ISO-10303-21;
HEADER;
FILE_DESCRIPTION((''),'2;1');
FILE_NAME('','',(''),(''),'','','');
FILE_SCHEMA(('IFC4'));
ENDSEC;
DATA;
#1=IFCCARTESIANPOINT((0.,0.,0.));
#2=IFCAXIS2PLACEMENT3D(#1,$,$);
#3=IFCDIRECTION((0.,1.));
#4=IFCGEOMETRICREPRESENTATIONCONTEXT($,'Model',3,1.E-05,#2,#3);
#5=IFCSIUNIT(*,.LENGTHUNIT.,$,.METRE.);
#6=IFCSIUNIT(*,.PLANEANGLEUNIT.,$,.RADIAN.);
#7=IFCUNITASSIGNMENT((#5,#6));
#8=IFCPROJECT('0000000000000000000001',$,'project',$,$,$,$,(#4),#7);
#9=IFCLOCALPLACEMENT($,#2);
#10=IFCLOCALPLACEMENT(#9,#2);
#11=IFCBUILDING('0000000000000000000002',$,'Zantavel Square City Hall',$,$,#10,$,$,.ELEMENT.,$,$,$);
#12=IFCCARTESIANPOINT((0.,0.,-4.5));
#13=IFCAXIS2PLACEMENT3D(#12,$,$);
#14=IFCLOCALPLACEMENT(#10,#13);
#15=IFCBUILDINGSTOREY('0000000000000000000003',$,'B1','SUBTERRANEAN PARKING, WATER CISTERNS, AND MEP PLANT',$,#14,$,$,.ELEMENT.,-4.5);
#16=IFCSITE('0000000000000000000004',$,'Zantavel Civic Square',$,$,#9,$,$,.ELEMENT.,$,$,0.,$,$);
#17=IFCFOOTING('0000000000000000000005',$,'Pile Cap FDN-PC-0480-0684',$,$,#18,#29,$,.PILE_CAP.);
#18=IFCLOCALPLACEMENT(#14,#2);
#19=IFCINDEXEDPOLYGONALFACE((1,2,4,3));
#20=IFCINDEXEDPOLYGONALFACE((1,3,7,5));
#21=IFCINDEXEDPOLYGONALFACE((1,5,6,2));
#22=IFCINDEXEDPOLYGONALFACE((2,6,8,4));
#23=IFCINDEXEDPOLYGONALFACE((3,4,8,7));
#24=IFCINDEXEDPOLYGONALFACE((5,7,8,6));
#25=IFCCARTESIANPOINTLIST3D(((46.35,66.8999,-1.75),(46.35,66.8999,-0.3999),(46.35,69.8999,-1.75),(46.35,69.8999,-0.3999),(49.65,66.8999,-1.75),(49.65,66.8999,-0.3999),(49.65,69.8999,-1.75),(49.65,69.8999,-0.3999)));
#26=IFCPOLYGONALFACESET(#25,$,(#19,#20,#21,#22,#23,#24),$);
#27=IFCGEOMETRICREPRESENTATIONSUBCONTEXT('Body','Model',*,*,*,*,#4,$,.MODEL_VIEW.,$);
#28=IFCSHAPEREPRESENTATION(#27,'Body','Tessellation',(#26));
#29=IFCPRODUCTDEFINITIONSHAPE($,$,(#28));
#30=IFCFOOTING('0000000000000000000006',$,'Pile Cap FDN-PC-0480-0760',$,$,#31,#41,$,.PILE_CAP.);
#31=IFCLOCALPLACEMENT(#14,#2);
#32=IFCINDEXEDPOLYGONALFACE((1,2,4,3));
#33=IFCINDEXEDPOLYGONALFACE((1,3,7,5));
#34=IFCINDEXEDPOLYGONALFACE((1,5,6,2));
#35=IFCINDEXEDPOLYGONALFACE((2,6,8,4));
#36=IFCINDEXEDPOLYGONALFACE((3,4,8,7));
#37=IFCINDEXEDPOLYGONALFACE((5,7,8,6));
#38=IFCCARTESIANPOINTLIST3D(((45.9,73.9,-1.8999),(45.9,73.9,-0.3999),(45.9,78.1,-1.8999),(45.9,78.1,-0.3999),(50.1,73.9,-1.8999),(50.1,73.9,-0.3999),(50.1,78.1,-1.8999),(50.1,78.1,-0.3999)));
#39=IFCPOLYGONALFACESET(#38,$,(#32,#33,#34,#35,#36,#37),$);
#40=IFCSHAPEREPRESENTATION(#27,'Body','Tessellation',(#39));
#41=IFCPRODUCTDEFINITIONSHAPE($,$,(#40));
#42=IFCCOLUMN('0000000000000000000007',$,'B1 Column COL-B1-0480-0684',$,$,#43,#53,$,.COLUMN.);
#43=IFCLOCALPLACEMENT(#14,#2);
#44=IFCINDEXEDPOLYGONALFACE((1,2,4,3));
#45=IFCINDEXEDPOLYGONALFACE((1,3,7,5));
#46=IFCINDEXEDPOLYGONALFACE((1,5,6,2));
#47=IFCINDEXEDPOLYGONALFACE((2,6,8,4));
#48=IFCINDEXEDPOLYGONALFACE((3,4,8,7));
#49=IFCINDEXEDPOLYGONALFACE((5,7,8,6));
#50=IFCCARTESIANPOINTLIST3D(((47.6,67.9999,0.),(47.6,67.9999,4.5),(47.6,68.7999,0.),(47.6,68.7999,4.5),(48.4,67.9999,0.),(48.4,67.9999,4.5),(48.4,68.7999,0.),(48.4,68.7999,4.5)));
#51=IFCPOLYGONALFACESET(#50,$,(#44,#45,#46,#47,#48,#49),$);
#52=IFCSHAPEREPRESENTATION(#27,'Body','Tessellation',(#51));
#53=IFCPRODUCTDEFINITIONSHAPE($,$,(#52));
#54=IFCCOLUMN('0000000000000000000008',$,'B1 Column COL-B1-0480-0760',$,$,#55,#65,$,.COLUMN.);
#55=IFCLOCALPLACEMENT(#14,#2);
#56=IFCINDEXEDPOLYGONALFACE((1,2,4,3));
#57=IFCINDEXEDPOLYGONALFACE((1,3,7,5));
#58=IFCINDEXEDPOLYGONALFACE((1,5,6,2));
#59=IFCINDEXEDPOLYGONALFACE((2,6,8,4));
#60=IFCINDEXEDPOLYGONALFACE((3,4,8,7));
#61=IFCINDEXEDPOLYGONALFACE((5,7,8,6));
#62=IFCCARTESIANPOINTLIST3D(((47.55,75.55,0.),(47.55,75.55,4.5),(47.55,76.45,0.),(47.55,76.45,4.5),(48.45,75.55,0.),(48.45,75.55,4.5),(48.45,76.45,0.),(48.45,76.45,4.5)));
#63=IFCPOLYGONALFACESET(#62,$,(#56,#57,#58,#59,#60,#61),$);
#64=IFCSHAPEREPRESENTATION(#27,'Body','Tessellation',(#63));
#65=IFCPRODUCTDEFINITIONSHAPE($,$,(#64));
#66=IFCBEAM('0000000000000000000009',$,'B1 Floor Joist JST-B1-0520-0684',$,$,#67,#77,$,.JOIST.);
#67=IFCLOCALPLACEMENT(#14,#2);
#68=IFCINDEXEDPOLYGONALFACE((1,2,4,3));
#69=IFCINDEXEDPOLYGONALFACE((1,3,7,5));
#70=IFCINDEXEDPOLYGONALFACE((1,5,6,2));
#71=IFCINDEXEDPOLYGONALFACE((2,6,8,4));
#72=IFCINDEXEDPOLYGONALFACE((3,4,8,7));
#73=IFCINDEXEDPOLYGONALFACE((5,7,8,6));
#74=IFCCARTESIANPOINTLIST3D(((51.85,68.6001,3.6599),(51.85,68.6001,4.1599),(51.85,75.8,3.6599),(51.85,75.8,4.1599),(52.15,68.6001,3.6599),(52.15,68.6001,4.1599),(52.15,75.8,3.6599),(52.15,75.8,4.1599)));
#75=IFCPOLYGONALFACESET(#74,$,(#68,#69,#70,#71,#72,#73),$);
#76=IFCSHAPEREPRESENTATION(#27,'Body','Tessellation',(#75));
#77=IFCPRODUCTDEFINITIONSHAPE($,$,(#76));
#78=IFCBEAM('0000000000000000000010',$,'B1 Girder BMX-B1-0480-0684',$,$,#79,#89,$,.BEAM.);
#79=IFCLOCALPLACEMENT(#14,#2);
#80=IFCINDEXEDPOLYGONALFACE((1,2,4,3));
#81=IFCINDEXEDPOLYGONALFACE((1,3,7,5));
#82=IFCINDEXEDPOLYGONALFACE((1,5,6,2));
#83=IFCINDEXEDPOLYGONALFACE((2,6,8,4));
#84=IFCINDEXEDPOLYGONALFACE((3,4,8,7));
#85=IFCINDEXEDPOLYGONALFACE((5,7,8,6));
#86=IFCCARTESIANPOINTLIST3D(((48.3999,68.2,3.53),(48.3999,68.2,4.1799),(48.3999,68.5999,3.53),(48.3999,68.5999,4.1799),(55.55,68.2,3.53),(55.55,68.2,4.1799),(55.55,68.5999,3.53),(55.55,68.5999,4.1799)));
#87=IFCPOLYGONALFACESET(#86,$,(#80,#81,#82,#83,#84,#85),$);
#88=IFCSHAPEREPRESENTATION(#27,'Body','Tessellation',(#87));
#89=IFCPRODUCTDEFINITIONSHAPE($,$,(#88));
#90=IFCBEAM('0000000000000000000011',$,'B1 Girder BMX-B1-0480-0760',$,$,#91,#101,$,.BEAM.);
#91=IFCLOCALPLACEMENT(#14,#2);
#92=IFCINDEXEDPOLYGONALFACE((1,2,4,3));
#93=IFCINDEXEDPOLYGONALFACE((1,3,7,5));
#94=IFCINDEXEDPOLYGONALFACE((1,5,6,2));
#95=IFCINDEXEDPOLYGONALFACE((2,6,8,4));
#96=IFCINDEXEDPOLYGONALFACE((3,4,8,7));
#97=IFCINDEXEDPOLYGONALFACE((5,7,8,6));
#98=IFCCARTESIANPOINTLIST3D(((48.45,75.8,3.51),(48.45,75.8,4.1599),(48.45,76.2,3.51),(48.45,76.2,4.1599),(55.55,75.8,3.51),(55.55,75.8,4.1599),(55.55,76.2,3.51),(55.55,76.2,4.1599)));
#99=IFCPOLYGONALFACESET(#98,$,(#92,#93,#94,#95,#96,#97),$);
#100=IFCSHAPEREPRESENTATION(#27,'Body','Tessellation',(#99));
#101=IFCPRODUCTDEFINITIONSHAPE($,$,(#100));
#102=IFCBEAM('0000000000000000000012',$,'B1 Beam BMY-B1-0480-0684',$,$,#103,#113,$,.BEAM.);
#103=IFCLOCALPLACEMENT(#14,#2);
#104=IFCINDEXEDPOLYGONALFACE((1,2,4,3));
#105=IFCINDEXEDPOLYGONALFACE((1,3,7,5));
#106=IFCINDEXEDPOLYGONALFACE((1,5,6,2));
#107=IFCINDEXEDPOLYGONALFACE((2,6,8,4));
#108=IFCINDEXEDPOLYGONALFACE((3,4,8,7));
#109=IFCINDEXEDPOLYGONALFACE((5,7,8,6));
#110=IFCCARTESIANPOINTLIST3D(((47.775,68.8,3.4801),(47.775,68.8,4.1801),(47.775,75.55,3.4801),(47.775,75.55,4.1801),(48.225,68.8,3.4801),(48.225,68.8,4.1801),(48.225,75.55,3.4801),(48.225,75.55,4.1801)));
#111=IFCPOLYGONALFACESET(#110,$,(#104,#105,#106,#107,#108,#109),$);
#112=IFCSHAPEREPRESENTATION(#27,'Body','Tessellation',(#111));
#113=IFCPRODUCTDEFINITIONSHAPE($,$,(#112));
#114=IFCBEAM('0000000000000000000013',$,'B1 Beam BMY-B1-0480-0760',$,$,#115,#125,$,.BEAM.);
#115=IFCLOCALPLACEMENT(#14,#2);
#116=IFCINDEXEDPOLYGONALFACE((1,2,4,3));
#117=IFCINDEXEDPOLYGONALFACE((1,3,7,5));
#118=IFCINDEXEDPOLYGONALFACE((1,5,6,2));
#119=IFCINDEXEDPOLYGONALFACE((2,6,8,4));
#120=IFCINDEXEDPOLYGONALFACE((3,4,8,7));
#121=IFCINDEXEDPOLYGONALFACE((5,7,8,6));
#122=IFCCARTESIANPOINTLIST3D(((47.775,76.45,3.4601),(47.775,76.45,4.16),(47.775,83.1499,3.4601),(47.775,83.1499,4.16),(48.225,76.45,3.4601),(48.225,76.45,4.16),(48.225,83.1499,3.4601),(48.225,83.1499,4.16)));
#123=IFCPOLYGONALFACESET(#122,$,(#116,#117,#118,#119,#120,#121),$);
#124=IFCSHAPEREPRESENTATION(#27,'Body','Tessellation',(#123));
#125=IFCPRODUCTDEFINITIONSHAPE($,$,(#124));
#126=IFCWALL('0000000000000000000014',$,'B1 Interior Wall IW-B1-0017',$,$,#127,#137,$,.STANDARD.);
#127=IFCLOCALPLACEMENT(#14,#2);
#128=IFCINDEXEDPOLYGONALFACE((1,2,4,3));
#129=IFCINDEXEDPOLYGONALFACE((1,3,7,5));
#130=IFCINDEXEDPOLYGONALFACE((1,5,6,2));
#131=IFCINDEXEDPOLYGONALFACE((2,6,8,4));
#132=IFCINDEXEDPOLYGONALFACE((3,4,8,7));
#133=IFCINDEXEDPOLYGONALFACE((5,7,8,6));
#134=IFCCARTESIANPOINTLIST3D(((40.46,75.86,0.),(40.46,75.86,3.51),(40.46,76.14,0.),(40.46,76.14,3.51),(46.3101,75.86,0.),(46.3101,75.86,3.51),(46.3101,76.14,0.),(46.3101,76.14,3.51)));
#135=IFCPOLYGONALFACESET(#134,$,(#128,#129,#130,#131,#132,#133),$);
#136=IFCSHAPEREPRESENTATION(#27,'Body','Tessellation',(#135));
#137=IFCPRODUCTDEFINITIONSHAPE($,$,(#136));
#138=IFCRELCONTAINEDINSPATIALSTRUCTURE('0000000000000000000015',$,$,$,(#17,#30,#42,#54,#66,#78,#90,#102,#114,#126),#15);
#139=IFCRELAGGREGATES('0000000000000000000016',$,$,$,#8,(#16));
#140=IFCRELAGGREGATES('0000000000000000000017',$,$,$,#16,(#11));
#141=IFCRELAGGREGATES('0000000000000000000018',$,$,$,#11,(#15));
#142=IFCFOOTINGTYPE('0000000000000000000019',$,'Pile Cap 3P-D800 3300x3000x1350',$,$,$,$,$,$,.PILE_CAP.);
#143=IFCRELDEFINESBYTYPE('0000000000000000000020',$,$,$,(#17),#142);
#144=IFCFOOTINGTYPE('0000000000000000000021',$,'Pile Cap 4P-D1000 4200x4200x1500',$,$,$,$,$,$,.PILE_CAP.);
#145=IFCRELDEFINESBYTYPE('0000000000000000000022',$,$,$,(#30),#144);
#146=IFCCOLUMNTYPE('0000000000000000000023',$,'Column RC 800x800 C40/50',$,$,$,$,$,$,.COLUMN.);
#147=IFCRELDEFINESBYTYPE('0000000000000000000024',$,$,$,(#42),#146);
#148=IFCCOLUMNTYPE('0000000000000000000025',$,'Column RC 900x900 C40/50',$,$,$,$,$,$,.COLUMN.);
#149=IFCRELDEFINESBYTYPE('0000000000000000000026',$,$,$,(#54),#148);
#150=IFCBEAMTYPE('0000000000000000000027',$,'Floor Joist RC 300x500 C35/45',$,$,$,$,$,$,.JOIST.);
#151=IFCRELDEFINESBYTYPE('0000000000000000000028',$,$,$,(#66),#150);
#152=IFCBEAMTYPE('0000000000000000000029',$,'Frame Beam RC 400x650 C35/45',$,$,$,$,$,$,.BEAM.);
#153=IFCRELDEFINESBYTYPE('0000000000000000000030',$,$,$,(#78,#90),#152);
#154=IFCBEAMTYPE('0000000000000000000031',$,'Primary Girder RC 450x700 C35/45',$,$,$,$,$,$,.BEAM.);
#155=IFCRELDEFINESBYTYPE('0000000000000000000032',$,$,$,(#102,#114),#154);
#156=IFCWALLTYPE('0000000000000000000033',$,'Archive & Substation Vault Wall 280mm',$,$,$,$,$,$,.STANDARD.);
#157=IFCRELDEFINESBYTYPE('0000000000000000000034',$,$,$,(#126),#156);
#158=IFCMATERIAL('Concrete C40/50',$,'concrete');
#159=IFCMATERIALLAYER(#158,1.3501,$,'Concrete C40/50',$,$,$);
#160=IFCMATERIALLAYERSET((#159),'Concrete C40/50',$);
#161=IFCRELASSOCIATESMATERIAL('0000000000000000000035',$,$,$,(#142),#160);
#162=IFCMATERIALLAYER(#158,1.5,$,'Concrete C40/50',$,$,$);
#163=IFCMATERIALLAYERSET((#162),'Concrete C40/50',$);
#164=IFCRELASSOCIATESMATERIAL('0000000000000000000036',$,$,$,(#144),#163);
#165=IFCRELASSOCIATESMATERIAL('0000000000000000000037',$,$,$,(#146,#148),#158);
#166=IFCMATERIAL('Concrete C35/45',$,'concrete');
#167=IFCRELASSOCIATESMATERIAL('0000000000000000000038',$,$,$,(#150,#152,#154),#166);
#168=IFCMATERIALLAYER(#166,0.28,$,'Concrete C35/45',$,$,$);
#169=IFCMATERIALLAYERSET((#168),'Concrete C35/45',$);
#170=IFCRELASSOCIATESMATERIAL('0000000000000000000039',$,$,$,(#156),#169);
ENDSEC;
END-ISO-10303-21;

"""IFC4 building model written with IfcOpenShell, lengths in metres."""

from ifc_helpers import new_model, si_unit, direction, frame, frame_2d, origin, origin_2d, place, context, subcontext, project, spatial, rectangle, extrude, material, layer, layer_set, material_profile, profile_set, type_object, element, save


model = new_model("IFC4")

# Units and contexts
model_context = context("Model", 3, precision=1e-05, world=origin(), true_north=direction((0.0, 1.0)))
body_context = subcontext(model_context, "Body", "Model", "MODEL_VIEW")
ifc_project = project(units=[si_unit("LENGTHUNIT", "METRE"), si_unit("PLANEANGLEUNIT", "RADIAN")], contexts=[model_context])

# Site, building, storey
site_placement = place(None, origin())
site = spatial("IfcSite", under=ifc_project, at=site_placement, Name="Zantavel Civic Square", CompositionType="ELEMENT", RefElevation=0.0)
building_placement = place(site_placement, origin())
building = spatial("IfcBuilding", under=site, at=building_placement, Name="Zantavel Square City Hall", CompositionType="ELEMENT")
storey_placement = place(building_placement, frame((0.0, 0.0, -4.5)))
storey = spatial("IfcBuildingStorey", under=building, at=storey_placement, Name="B1", Description="SUBTERRANEAN PARKING, WATER CISTERNS, AND MEP PLANT", CompositionType="ELEMENT", Elevation=-4.5)

# Shared definitions
ifc_material_1 = material(Name="Concrete C35/45", Category="concrete")

# Footings
ifc_material_2 = material(Name="Concrete C40/50", Category="concrete")
ifc_layer_1 = layer(ifc_material_2, 1.3501, Name="Concrete C40/50")
ifc_layer_set_1 = layer_set([ifc_layer_1], Name="Concrete C40/50")
footing_type_1 = type_object("IfcFootingType", Name="Pile Cap 3P-D800 3300x3000x1350", PredefinedType="PILE_CAP", material=ifc_layer_set_1)
footing_1_placement = place(storey_placement, frame((48.0, 68.3999, -1.75), z_axis=(0.0, 0.0, 1.0), x_axis=(1.0, 0.0, 0.0)))
element("IfcFooting", 1, at=footing_1_placement, inside=storey, type_object=footing_type_1, Name="Pile Cap FDN-PC-0480-0684", PredefinedType="PILE_CAP", context=body_context, shape_type="SweptSolid", body=[
    extrude(rectangle(XDim=3.3, YDim=3.0, at=origin_2d()), origin(), (0.0, 0.0, 1.0), 1.3501),
])
ifc_layer_2 = layer(ifc_material_2, 1.5, Name="Concrete C40/50")
ifc_layer_set_2 = layer_set([ifc_layer_2], Name="Concrete C40/50")
footing_type_2 = type_object("IfcFootingType", Name="Pile Cap 4P-D1000 4200x4200x1500", PredefinedType="PILE_CAP", material=ifc_layer_set_2)
footing_2_placement = place(storey_placement, frame((48.0, 76.0, -1.8999), z_axis=(0.0, 0.0, 1.0), x_axis=(1.0, 0.0, 0.0)))
element("IfcFooting", 2, at=footing_2_placement, inside=storey, type_object=footing_type_2, Name="Pile Cap FDN-PC-0480-0760", PredefinedType="PILE_CAP", context=body_context, shape_type="SweptSolid", body=[
    extrude(rectangle(XDim=4.2, YDim=4.2, at=origin_2d()), origin(), (0.0, 0.0, 1.0), 1.5),
])

# Columns
ifc_material_profile_1 = material_profile(ifc_material_2, rectangle(XDim=0.8, YDim=0.8, at=origin_2d()), Name="RC 800x800")
ifc_profile_set_1 = profile_set([ifc_material_profile_1], Name="Concrete C40/50")
column_type_1 = type_object("IfcColumnType", Name="Column RC 800x800 C40/50", PredefinedType="COLUMN", material=ifc_profile_set_1)
column_1_placement = place(storey_placement, frame((48.0, 68.3999, 0.0), z_axis=(0.0, 0.0, 1.0), x_axis=(1.0, 0.0, 0.0)))
element("IfcColumn", 3, at=column_1_placement, inside=storey, type_object=column_type_1, Name="B1 Column COL-B1-0480-0684", PredefinedType="COLUMN", context=body_context, shape_type="SweptSolid", body=[
    extrude(rectangle(XDim=0.8, YDim=0.8, at=origin_2d()), origin(), (0.0, 0.0, 1.0), 4.5),
])
ifc_material_profile_2 = material_profile(ifc_material_2, rectangle(XDim=0.8999, YDim=0.8999, at=origin_2d()), Name="RC 900x900")
ifc_profile_set_2 = profile_set([ifc_material_profile_2], Name="Concrete C40/50")
column_type_2 = type_object("IfcColumnType", Name="Column RC 900x900 C40/50", PredefinedType="COLUMN", material=ifc_profile_set_2)
column_2_placement = place(storey_placement, frame((48.0, 76.0, 0.0), z_axis=(0.0, 0.0, 1.0), x_axis=(1.0, 0.0, 0.0)))
element("IfcColumn", 4, at=column_2_placement, inside=storey, type_object=column_type_2, Name="B1 Column COL-B1-0480-0760", PredefinedType="COLUMN", context=body_context, shape_type="SweptSolid", body=[
    extrude(rectangle(XDim=0.8999, YDim=0.8999, at=origin_2d()), origin(), (0.0, 0.0, 1.0), 4.5),
])

# Beams
ifc_material_profile_3 = material_profile(ifc_material_1, rectangle(XDim=0.3, YDim=0.5, at=origin_2d()), Name="RC 300x500")
ifc_profile_set_3 = profile_set([ifc_material_profile_3], Name="Concrete C35/45")
beam_type_1 = type_object("IfcBeamType", Name="Floor Joist RC 300x500 C35/45", PredefinedType="JOIST", material=ifc_profile_set_3)
beam_1_placement = place(storey_placement, frame((52.0, 68.6001, 3.9099), z_axis=(0.0, 1.0, 0.0), x_axis=(-1.0, 0.0, 0.0)))
element("IfcBeam", 5, at=beam_1_placement, inside=storey, type_object=beam_type_1, Name="B1 Floor Joist JST-B1-0520-0684", PredefinedType="JOIST", context=body_context, shape_type="SweptSolid", body=[
    extrude(rectangle(XDim=0.3, YDim=0.5, at=origin_2d()), origin(), (0.0, 0.0, 1.0), 7.2),
])
ifc_material_profile_4 = material_profile(ifc_material_1, rectangle(XDim=0.3999, YDim=0.6499, at=origin_2d()), Name="RC 400x650")
ifc_profile_set_4 = profile_set([ifc_material_profile_4], Name="Concrete C35/45")
beam_type_2 = type_object("IfcBeamType", Name="Frame Beam RC 400x650 C35/45", PredefinedType="BEAM", material=ifc_profile_set_4)
beam_2_placement = place(storey_placement, frame((48.3999, 68.3999, 3.855), z_axis=(1.0, 0.0, 0.0), x_axis=(0.0, 1.0, 0.0)))
element("IfcBeam", 6, at=beam_2_placement, inside=storey, type_object=beam_type_2, Name="B1 Girder BMX-B1-0480-0684", PredefinedType="BEAM", context=body_context, shape_type="SweptSolid", body=[
    extrude(rectangle(XDim=0.3999, YDim=0.6499, at=origin_2d()), origin(), (0.0, 0.0, 1.0), 7.1501),
])
beam_3_placement = place(storey_placement, frame((48.45, 76.0, 3.835), z_axis=(1.0, 0.0, 0.0), x_axis=(0.0, 1.0, 0.0)))
element("IfcBeam", 7, at=beam_3_placement, inside=storey, type_object=beam_type_2, Name="B1 Girder BMX-B1-0480-0760", PredefinedType="BEAM", context=body_context, shape_type="SweptSolid", body=[
    extrude(rectangle(XDim=0.3999, YDim=0.6499, at=origin_2d()), origin(), (0.0, 0.0, 1.0), 7.1001),
])
ifc_material_profile_5 = material_profile(ifc_material_1, rectangle(XDim=0.45, YDim=0.7, at=origin_2d()), Name="RC 450x700")
ifc_profile_set_5 = profile_set([ifc_material_profile_5], Name="Concrete C35/45")
beam_type_3 = type_object("IfcBeamType", Name="Primary Girder RC 450x700 C35/45", PredefinedType="BEAM", material=ifc_profile_set_5)
beam_4_placement = place(storey_placement, frame((48.0, 68.8, 3.8301), z_axis=(0.0, 1.0, 0.0), x_axis=(-1.0, 0.0, 0.0)))
element("IfcBeam", 8, at=beam_4_placement, inside=storey, type_object=beam_type_3, Name="B1 Beam BMY-B1-0480-0684", PredefinedType="BEAM", context=body_context, shape_type="SweptSolid", body=[
    extrude(rectangle(XDim=0.45, YDim=0.7, at=origin_2d()), origin(), (0.0, 0.0, 1.0), 6.75),
])
beam_5_placement = place(storey_placement, frame((48.0, 76.45, 3.8101), z_axis=(0.0, 1.0, 0.0), x_axis=(-1.0, 0.0, 0.0)))
element("IfcBeam", 9, at=beam_5_placement, inside=storey, type_object=beam_type_3, Name="B1 Beam BMY-B1-0480-0760", PredefinedType="BEAM", context=body_context, shape_type="SweptSolid", body=[
    extrude(rectangle(XDim=0.45, YDim=0.7, at=origin_2d()), origin(), (0.0, 0.0, 1.0), 6.7),
])

# Wall
ifc_layer_3 = layer(ifc_material_1, 0.28, Name="Concrete C35/45")
ifc_layer_set_3 = layer_set([ifc_layer_3], Name="Concrete C35/45")
wall_type = type_object("IfcWallType", Name="Archive & Substation Vault Wall 280mm", PredefinedType="STANDARD", material=ifc_layer_set_3)
wall_placement = place(storey_placement, frame((46.3101, 76.0, 0.0), z_axis=(0.0, 0.0, 1.0), x_axis=(-1.0, 0.0, 0.0)))
element("IfcWall", 10, at=wall_placement, inside=storey, type_object=wall_type, Name="B1 Interior Wall IW-B1-0017", PredefinedType="STANDARD", context=body_context, shape_type="SweptSolid", body=[
    extrude(rectangle(XDim=5.8501, YDim=0.28, at=frame_2d((2.925, 0.0))), origin(), (0.0, 0.0, 1.0), 3.51),
])

save(model, "model.ifc")
